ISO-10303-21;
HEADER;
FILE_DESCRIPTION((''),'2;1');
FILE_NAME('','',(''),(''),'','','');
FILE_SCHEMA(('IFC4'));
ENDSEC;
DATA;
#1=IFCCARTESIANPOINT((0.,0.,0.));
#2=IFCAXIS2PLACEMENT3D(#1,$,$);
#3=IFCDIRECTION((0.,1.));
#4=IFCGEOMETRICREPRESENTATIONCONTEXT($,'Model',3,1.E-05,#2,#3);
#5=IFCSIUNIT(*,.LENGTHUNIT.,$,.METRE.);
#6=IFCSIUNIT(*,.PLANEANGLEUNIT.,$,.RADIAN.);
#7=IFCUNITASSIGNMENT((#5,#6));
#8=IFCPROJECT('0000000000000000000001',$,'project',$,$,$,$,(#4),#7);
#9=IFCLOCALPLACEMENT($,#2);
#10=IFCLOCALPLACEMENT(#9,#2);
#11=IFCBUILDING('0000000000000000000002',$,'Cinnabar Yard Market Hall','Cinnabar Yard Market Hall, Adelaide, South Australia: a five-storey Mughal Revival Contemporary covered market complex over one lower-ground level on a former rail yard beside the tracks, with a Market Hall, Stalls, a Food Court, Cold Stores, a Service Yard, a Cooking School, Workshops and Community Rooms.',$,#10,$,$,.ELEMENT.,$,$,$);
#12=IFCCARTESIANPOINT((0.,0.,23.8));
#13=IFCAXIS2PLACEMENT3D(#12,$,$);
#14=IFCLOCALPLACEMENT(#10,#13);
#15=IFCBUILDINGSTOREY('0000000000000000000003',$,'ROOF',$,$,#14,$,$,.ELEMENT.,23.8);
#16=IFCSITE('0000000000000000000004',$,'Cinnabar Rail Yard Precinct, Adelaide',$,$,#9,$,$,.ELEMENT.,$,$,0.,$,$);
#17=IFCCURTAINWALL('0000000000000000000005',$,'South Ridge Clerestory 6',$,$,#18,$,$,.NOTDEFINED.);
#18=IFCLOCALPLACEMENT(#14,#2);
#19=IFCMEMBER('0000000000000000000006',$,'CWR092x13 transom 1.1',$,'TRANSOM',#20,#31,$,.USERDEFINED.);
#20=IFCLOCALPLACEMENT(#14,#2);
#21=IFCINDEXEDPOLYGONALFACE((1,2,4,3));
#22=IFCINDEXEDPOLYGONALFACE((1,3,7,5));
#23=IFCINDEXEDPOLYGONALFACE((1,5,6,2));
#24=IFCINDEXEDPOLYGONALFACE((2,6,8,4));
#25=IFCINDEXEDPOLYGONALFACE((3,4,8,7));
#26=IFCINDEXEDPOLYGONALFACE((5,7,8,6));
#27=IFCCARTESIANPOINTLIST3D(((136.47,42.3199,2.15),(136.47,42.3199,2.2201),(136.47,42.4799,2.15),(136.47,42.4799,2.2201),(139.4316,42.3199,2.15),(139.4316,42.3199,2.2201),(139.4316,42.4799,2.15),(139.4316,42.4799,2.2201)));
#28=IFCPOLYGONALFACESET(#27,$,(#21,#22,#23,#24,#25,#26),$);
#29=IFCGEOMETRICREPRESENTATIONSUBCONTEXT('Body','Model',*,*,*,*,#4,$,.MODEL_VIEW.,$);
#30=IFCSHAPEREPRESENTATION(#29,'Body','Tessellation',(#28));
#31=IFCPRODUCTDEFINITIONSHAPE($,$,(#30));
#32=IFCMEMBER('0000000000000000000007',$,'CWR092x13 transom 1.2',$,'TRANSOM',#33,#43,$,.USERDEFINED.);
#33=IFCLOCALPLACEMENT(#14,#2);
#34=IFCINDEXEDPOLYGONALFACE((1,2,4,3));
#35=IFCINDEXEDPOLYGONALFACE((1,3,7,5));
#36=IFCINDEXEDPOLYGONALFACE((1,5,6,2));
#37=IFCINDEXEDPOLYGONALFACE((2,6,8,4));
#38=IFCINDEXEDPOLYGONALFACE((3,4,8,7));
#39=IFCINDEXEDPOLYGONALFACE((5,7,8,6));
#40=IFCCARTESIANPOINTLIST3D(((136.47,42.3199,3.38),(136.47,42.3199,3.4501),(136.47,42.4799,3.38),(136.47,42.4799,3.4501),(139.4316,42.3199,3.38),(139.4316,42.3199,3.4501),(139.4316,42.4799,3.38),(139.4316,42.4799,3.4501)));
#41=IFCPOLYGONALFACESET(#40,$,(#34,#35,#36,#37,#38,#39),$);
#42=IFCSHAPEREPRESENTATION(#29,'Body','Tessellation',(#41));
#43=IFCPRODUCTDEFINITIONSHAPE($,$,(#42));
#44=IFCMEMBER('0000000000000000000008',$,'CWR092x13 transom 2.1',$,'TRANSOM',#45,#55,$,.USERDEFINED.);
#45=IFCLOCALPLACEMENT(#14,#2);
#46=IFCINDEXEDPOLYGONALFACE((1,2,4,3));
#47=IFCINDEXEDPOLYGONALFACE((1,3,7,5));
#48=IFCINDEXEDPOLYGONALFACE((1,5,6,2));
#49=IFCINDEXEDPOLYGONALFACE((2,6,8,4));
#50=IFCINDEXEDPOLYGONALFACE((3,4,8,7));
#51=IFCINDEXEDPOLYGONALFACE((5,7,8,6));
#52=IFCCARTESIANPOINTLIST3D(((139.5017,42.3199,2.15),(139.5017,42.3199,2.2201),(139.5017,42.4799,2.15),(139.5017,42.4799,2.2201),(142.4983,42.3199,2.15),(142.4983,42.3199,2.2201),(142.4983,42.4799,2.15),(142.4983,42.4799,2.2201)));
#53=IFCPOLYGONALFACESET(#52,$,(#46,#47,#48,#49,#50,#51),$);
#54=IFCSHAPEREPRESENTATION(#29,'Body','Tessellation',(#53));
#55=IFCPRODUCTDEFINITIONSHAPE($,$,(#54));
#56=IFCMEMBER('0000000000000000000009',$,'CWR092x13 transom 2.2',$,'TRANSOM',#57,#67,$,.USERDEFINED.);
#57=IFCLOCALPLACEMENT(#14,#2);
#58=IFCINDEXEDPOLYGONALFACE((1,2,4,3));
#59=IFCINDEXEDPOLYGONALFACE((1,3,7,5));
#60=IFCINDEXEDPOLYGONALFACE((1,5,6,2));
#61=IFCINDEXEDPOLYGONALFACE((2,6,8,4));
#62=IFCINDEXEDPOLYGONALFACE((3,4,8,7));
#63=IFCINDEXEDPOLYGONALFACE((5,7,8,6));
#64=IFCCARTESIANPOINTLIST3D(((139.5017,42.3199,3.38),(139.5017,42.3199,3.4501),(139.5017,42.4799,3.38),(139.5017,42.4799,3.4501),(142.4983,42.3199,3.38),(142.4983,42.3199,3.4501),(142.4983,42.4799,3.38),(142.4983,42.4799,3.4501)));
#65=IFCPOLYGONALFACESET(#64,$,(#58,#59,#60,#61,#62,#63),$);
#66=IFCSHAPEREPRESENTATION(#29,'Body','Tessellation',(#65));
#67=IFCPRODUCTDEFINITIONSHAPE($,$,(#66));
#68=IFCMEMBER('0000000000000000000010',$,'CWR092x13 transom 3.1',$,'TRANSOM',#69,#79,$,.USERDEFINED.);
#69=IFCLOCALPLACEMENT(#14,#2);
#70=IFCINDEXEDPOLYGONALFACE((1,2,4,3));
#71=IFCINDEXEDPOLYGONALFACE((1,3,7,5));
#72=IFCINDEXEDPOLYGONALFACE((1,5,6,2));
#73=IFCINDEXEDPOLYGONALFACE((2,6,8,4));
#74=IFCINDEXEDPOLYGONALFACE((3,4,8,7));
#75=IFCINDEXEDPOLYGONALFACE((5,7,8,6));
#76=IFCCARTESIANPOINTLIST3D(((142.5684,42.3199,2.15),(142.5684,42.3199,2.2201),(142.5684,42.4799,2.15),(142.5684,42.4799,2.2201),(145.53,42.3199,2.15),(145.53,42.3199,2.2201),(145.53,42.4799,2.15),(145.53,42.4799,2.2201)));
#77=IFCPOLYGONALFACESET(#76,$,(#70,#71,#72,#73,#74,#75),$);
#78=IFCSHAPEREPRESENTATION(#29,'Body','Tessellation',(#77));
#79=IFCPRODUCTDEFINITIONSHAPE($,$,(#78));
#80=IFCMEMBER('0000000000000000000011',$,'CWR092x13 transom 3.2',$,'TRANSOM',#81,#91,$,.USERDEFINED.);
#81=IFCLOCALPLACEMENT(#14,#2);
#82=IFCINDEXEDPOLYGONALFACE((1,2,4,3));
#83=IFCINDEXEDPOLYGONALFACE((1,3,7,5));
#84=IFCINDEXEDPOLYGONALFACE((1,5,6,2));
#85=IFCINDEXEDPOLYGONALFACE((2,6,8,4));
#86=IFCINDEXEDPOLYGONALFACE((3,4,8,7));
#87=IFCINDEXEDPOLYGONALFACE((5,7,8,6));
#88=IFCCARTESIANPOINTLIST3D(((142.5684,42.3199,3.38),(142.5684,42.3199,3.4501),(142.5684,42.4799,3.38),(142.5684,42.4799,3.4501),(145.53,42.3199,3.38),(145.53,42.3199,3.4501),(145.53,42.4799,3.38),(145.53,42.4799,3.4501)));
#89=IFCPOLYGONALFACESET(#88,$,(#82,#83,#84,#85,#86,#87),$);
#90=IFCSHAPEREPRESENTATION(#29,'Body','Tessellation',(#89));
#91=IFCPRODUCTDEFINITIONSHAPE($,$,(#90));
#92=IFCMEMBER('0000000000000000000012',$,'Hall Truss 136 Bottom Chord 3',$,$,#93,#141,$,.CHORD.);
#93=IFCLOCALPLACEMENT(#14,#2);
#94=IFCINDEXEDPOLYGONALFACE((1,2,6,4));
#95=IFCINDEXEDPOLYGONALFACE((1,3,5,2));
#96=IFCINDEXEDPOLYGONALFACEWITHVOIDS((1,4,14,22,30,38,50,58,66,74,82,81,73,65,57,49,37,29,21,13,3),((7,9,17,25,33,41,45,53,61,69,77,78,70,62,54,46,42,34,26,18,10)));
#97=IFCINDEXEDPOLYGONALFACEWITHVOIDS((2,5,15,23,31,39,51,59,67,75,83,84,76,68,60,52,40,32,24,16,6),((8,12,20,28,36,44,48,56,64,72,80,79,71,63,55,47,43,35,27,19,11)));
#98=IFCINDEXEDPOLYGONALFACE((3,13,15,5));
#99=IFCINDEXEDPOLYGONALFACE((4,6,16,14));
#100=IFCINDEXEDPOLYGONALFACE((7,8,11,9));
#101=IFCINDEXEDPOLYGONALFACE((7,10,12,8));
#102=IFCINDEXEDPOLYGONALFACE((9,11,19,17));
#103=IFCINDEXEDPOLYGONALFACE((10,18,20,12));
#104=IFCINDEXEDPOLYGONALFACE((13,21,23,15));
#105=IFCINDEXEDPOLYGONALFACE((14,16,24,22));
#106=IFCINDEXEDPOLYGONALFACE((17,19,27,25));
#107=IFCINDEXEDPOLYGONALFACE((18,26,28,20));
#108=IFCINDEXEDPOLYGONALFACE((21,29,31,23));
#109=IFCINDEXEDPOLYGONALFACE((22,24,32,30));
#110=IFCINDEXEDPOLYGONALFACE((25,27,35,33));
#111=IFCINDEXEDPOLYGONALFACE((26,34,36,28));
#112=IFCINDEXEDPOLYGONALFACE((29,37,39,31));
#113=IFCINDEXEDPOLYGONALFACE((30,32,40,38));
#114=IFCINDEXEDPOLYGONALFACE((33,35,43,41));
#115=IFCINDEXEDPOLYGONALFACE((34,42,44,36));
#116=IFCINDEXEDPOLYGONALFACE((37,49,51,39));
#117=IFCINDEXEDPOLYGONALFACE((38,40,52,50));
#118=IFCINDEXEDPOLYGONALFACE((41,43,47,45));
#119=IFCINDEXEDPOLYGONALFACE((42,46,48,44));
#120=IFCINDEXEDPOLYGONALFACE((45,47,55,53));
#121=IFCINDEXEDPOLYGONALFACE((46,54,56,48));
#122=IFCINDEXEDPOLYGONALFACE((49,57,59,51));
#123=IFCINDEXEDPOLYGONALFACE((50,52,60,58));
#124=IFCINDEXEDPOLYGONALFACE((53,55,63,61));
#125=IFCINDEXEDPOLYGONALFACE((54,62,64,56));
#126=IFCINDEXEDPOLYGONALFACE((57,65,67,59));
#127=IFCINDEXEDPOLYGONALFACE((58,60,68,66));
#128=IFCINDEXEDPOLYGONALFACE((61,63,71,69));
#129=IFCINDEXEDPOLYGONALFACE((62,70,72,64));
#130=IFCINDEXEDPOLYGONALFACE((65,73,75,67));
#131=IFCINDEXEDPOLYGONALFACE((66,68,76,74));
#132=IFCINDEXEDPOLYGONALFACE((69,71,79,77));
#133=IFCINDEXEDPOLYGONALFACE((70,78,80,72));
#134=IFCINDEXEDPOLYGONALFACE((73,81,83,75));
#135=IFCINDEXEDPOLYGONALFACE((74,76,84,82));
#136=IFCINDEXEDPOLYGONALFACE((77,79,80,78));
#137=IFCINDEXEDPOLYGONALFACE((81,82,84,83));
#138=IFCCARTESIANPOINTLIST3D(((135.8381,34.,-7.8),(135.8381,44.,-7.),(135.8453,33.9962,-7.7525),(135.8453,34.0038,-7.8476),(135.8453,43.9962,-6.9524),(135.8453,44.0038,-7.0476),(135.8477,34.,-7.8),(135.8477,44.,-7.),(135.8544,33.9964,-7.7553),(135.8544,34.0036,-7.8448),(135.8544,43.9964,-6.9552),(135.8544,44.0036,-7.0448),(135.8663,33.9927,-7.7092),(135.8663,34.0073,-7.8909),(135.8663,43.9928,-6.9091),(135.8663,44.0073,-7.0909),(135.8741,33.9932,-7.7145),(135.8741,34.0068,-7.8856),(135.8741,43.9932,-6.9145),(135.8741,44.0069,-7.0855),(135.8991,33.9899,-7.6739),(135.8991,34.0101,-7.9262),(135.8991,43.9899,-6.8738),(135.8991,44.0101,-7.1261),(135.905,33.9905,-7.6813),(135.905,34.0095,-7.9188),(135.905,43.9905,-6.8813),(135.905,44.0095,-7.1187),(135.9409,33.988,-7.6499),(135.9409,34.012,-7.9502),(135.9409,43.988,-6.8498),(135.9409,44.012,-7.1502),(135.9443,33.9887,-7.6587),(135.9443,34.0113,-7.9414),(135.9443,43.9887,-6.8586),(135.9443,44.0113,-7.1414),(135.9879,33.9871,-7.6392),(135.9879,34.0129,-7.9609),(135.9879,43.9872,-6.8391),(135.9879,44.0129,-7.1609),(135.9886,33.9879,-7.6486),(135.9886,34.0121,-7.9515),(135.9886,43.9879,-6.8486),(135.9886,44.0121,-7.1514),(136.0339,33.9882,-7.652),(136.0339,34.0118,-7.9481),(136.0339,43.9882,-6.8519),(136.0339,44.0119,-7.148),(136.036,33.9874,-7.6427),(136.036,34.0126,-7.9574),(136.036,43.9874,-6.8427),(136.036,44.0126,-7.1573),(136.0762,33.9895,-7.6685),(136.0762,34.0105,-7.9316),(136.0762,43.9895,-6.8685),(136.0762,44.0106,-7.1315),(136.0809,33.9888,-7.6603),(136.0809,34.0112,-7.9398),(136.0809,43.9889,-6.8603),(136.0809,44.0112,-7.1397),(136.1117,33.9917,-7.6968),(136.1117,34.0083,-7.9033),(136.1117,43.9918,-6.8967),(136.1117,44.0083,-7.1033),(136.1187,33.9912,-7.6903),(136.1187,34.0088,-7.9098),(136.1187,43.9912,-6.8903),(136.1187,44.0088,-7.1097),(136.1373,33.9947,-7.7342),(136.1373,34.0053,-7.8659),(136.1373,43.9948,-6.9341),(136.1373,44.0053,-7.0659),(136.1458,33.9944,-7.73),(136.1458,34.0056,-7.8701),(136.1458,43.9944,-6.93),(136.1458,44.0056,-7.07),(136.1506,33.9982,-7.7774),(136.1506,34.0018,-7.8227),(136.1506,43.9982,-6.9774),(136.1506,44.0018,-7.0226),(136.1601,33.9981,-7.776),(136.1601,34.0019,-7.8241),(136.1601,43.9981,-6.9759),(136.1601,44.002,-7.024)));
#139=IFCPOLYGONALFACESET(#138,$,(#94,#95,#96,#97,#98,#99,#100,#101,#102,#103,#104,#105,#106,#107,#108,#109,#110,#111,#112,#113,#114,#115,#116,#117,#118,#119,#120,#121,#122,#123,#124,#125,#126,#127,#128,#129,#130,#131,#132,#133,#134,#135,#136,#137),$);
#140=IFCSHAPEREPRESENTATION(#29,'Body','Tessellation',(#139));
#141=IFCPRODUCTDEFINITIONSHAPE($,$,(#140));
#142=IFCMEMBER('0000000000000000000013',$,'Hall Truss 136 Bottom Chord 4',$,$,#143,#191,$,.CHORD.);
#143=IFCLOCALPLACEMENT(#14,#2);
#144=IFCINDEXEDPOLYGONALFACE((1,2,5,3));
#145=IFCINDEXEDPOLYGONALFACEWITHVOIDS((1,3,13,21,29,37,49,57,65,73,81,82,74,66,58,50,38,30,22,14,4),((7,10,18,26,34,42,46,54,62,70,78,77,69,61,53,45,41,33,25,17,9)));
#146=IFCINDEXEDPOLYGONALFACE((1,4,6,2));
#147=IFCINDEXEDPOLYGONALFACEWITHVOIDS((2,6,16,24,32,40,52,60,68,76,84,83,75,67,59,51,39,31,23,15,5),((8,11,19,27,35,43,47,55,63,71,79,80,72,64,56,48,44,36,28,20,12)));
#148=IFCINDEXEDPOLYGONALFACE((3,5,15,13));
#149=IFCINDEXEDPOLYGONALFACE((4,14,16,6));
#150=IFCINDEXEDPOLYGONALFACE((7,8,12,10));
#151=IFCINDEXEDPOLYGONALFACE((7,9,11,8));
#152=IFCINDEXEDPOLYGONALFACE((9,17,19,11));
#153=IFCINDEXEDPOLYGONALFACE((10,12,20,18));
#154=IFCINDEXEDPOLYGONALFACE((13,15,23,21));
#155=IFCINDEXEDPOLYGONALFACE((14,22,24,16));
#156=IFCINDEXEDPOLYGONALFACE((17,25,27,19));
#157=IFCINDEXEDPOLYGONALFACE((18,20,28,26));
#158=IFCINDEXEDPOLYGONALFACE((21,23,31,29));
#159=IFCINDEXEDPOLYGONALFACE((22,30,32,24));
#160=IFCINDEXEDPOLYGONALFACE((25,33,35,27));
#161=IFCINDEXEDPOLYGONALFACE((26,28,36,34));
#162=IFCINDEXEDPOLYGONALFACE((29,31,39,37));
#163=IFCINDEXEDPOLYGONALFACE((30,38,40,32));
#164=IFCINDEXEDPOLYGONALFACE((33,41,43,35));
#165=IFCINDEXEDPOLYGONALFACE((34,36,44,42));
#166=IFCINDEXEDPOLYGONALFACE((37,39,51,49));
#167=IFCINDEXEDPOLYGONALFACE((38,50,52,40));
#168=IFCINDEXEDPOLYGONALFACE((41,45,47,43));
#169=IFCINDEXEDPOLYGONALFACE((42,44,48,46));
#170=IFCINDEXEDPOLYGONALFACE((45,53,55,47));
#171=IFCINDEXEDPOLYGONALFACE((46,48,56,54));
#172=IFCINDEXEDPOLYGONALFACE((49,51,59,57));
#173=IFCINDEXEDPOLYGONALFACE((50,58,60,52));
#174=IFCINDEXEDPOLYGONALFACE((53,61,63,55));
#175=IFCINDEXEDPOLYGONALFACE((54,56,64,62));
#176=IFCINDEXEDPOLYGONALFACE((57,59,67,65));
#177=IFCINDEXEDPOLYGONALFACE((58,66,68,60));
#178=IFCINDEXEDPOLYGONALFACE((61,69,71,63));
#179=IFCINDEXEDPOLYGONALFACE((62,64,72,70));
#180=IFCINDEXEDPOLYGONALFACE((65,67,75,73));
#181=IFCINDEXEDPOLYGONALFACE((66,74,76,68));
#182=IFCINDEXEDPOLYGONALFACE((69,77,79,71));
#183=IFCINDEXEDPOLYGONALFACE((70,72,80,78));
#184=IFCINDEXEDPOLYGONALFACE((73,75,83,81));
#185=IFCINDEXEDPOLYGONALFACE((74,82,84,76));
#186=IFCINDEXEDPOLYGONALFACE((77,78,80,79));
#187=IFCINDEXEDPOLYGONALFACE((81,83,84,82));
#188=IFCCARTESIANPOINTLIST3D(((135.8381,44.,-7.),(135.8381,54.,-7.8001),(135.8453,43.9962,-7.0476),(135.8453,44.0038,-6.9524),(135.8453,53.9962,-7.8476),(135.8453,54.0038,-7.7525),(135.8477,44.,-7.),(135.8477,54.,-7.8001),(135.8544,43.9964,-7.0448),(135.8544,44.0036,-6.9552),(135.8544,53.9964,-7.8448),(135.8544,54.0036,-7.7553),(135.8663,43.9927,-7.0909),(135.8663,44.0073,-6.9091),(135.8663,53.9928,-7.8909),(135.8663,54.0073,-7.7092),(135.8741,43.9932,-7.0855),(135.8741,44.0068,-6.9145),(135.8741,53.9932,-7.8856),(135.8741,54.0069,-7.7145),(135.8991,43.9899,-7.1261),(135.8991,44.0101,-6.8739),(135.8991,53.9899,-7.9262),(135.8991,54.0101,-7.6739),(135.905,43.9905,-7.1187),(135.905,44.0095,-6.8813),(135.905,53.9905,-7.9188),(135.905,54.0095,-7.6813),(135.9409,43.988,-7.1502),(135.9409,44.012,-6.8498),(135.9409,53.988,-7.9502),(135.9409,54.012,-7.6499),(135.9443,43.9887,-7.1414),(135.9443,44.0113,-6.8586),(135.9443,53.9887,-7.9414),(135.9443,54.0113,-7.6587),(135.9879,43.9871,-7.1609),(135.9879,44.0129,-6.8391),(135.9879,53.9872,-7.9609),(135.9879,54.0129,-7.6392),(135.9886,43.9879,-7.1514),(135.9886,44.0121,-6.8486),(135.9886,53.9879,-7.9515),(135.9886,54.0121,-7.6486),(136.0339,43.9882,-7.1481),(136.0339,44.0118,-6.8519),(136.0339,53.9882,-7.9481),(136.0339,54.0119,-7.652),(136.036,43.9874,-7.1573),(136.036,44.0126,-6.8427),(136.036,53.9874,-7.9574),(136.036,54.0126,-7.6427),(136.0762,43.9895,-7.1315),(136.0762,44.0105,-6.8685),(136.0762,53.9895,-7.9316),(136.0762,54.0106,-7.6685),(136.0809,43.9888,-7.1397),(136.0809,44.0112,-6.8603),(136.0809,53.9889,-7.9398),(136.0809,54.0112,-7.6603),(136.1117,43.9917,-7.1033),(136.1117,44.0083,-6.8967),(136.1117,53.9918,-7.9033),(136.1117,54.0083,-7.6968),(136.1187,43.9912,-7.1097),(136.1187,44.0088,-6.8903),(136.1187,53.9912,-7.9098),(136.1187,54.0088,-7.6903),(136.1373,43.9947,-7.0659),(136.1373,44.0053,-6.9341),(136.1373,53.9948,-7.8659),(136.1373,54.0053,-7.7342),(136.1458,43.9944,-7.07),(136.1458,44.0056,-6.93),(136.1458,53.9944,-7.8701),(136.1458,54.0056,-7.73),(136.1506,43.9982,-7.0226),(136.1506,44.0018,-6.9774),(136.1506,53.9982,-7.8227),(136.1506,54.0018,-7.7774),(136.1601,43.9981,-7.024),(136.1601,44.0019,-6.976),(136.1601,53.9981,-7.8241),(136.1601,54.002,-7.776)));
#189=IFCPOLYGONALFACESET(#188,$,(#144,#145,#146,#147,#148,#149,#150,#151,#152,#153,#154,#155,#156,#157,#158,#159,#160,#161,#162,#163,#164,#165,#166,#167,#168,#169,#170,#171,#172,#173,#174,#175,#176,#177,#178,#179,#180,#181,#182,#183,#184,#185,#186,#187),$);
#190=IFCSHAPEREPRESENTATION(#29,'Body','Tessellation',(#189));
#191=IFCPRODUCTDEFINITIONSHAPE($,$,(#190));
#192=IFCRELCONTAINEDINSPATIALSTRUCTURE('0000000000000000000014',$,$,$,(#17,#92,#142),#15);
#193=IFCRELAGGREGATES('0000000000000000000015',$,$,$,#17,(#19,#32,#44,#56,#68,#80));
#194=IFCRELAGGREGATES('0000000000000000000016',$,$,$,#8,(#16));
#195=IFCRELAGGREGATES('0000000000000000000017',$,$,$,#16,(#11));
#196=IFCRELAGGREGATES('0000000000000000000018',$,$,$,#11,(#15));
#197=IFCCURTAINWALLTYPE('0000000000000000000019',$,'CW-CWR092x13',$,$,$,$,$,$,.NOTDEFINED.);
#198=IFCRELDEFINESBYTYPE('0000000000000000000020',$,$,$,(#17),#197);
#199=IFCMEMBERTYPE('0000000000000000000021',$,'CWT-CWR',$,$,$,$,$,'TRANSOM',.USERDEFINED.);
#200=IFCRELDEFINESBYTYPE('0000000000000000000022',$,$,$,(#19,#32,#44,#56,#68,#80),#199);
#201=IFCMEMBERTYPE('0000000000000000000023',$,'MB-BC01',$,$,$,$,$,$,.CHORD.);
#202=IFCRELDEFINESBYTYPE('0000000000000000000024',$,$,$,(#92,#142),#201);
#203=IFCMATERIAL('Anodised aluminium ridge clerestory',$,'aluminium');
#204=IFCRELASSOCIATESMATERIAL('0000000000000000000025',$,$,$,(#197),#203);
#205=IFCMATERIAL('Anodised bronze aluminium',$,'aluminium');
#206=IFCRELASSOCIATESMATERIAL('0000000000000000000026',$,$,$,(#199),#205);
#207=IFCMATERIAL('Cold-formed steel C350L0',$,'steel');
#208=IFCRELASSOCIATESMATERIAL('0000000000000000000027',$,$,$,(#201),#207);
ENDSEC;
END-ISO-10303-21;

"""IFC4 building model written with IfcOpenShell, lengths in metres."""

from ifc_helpers import new_model, si_unit, direction, frame, origin, origin_2d_with_axis, place, context, subcontext, project, spatial, rectangle, hollow_circle, extrude, material, material_profile, profile_set, type_object, element, aggregate, save


model = new_model("IFC4")

# Units and contexts
model_context = context("Model", 3, precision=1e-05, world=origin(), true_north=direction((0.0, 1.0)))
body_context = subcontext(model_context, "Body", "Model", "MODEL_VIEW")
ifc_project = project(units=[si_unit("LENGTHUNIT", "METRE"), si_unit("PLANEANGLEUNIT", "RADIAN")], contexts=[model_context])

# Site, building, storey
site_placement = place(None, origin())
site = spatial("IfcSite", under=ifc_project, at=site_placement, Name="Cinnabar Rail Yard Precinct, Adelaide", CompositionType="ELEMENT", RefElevation=0.0)
building_placement = place(site_placement, origin())
building = spatial("IfcBuilding", under=site, at=building_placement, Name="Cinnabar Yard Market Hall", Description="Cinnabar Yard Market Hall, Adelaide, South Australia: a five-storey Mughal Revival Contemporary covered market complex over one lower-ground level on a former rail yard beside the tracks, with a Market Hall, Stalls, a Food Court, Cold Stores, a Service Yard, a Cooking School, Workshops and Community Rooms.", CompositionType="ELEMENT")
storey_placement = place(building_placement, frame((0.0, 0.0, 23.8)))
storey = spatial("IfcBuildingStorey", under=building, at=storey_placement, Name="ROOF", CompositionType="ELEMENT", Elevation=23.8)

# Curtain wall, members
ifc_material_1 = material(Name="Anodised aluminium ridge clerestory", Category="aluminium")
curtain_wall_type = type_object("IfcCurtainWallType", Name="CW-CWR092x13", PredefinedType="NOTDEFINED", material=ifc_material_1)
curtain_wall_placement = place(storey_placement, origin())
curtain_wall = element("IfcCurtainWall", 1, at=curtain_wall_placement, inside=storey, type_object=curtain_wall_type, Name="South Ridge Clerestory 6", PredefinedType="NOTDEFINED")
ifc_material_2 = material(Name="Anodised bronze aluminium", Category="aluminium")
ifc_material_profile_1 = material_profile(ifc_material_2, rectangle(XDim=0.1599, YDim=0.0701, at=origin_2d_with_axis()), Name="TRN-CWR")
ifc_profile_set_1 = profile_set([ifc_material_profile_1], Name="Anodised bronze aluminium")
member_type_1 = type_object("IfcMemberType", Name="CWT-CWR", ElementType="TRANSOM", PredefinedType="USERDEFINED", material=ifc_profile_set_1)
member_1_placement = place(storey_placement, frame((136.47, 42.3999, 2.1851), z_axis=(1.0, 0.0, 0.0), x_axis=(0.0, 1.0, 0.0)))
member_1 = element("IfcMember", 2, at=member_1_placement, type_object=member_type_1, Name="CWR092x13 transom 1.1", ObjectType="TRANSOM", PredefinedType="USERDEFINED", context=body_context, shape_type="SweptSolid", body=[
    extrude(rectangle(XDim=0.1599, YDim=0.0701, at=origin_2d_with_axis()), origin(), (0.0, 0.0, 1.0), 2.9617),
])
member_2_placement = place(storey_placement, frame((136.47, 42.3999, 3.415), z_axis=(1.0, 0.0, 0.0), x_axis=(0.0, 1.0, 0.0)))
member_2 = element("IfcMember", 3, at=member_2_placement, type_object=member_type_1, Name="CWR092x13 transom 1.2", ObjectType="TRANSOM", PredefinedType="USERDEFINED", context=body_context, shape_type="SweptSolid", body=[
    extrude(rectangle(XDim=0.1599, YDim=0.0701, at=origin_2d_with_axis()), origin(), (0.0, 0.0, 1.0), 2.9617),
])
member_3_placement = place(storey_placement, frame((139.5017, 42.3999, 2.1851), z_axis=(1.0, 0.0, 0.0), x_axis=(0.0, 1.0, 0.0)))
member_3 = element("IfcMember", 4, at=member_3_placement, type_object=member_type_1, Name="CWR092x13 transom 2.1", ObjectType="TRANSOM", PredefinedType="USERDEFINED", context=body_context, shape_type="SweptSolid", body=[
    extrude(rectangle(XDim=0.1599, YDim=0.0701, at=origin_2d_with_axis()), origin(), (0.0, 0.0, 1.0), 2.9966),
])
member_4_placement = place(storey_placement, frame((139.5017, 42.3999, 3.415), z_axis=(1.0, 0.0, 0.0), x_axis=(0.0, 1.0, 0.0)))
member_4 = element("IfcMember", 5, at=member_4_placement, type_object=member_type_1, Name="CWR092x13 transom 2.2", ObjectType="TRANSOM", PredefinedType="USERDEFINED", context=body_context, shape_type="SweptSolid", body=[
    extrude(rectangle(XDim=0.1599, YDim=0.0701, at=origin_2d_with_axis()), origin(), (0.0, 0.0, 1.0), 2.9966),
])
member_5_placement = place(storey_placement, frame((142.5684, 42.3999, 2.1851), z_axis=(1.0, 0.0, 0.0), x_axis=(0.0, 1.0, 0.0)))
member_5 = element("IfcMember", 6, at=member_5_placement, type_object=member_type_1, Name="CWR092x13 transom 3.1", ObjectType="TRANSOM", PredefinedType="USERDEFINED", context=body_context, shape_type="SweptSolid", body=[
    extrude(rectangle(XDim=0.1599, YDim=0.0701, at=origin_2d_with_axis()), origin(), (0.0, 0.0, 1.0), 2.9617),
])
member_6_placement = place(storey_placement, frame((142.5684, 42.3999, 3.415), z_axis=(1.0, 0.0, 0.0), x_axis=(0.0, 1.0, 0.0)))
member_6 = element("IfcMember", 7, at=member_6_placement, type_object=member_type_1, Name="CWR092x13 transom 3.2", ObjectType="TRANSOM", PredefinedType="USERDEFINED", context=body_context, shape_type="SweptSolid", body=[
    extrude(rectangle(XDim=0.1599, YDim=0.0701, at=origin_2d_with_axis()), origin(), (0.0, 0.0, 1.0), 2.9617),
])

# Members
ifc_material_3 = material(Name="Cold-formed steel C350L0", Category="steel")
ifc_material_profile_2 = material_profile(ifc_material_3, hollow_circle(Radius=0.1619, WallThickness=0.0095, at=origin_2d_with_axis()), Name="323.9x9.5CHS")
ifc_profile_set_2 = profile_set([ifc_material_profile_2], Name="Cold-formed steel C350L0")
member_type_2 = type_object("IfcMemberType", Name="MB-BC01", PredefinedType="CHORD", material=ifc_profile_set_2)
for number, where, z_axis, x_axis, name in (
    (8, (136.0, 34.0, -7.8), (0.0, 0.996815, 0.07975), (-1.0, 0.0, 0.0), "Hall Truss 136 Bottom Chord 3"),
    (9, (136.0, 44.0, -7.0), (0.0, 0.996815, -0.07975), (-1.0, 0.0, 0.0), "Hall Truss 136 Bottom Chord 4"),
):
    element("IfcMember", number, at=place(storey_placement, frame(where, z_axis=z_axis, x_axis=x_axis)), inside=storey, type_object=member_type_2, Name=name, PredefinedType="CHORD", context=body_context, shape_type="SweptSolid", body=[
        extrude(hollow_circle(Radius=0.1619, WallThickness=0.0095, at=origin_2d_with_axis()), origin(), (0.0, 0.0, 1.0), 10.032),
    ])

aggregate(curtain_wall, [member_1, member_2, member_3, member_4, member_5, member_6])

save(model, "model.ifc")
